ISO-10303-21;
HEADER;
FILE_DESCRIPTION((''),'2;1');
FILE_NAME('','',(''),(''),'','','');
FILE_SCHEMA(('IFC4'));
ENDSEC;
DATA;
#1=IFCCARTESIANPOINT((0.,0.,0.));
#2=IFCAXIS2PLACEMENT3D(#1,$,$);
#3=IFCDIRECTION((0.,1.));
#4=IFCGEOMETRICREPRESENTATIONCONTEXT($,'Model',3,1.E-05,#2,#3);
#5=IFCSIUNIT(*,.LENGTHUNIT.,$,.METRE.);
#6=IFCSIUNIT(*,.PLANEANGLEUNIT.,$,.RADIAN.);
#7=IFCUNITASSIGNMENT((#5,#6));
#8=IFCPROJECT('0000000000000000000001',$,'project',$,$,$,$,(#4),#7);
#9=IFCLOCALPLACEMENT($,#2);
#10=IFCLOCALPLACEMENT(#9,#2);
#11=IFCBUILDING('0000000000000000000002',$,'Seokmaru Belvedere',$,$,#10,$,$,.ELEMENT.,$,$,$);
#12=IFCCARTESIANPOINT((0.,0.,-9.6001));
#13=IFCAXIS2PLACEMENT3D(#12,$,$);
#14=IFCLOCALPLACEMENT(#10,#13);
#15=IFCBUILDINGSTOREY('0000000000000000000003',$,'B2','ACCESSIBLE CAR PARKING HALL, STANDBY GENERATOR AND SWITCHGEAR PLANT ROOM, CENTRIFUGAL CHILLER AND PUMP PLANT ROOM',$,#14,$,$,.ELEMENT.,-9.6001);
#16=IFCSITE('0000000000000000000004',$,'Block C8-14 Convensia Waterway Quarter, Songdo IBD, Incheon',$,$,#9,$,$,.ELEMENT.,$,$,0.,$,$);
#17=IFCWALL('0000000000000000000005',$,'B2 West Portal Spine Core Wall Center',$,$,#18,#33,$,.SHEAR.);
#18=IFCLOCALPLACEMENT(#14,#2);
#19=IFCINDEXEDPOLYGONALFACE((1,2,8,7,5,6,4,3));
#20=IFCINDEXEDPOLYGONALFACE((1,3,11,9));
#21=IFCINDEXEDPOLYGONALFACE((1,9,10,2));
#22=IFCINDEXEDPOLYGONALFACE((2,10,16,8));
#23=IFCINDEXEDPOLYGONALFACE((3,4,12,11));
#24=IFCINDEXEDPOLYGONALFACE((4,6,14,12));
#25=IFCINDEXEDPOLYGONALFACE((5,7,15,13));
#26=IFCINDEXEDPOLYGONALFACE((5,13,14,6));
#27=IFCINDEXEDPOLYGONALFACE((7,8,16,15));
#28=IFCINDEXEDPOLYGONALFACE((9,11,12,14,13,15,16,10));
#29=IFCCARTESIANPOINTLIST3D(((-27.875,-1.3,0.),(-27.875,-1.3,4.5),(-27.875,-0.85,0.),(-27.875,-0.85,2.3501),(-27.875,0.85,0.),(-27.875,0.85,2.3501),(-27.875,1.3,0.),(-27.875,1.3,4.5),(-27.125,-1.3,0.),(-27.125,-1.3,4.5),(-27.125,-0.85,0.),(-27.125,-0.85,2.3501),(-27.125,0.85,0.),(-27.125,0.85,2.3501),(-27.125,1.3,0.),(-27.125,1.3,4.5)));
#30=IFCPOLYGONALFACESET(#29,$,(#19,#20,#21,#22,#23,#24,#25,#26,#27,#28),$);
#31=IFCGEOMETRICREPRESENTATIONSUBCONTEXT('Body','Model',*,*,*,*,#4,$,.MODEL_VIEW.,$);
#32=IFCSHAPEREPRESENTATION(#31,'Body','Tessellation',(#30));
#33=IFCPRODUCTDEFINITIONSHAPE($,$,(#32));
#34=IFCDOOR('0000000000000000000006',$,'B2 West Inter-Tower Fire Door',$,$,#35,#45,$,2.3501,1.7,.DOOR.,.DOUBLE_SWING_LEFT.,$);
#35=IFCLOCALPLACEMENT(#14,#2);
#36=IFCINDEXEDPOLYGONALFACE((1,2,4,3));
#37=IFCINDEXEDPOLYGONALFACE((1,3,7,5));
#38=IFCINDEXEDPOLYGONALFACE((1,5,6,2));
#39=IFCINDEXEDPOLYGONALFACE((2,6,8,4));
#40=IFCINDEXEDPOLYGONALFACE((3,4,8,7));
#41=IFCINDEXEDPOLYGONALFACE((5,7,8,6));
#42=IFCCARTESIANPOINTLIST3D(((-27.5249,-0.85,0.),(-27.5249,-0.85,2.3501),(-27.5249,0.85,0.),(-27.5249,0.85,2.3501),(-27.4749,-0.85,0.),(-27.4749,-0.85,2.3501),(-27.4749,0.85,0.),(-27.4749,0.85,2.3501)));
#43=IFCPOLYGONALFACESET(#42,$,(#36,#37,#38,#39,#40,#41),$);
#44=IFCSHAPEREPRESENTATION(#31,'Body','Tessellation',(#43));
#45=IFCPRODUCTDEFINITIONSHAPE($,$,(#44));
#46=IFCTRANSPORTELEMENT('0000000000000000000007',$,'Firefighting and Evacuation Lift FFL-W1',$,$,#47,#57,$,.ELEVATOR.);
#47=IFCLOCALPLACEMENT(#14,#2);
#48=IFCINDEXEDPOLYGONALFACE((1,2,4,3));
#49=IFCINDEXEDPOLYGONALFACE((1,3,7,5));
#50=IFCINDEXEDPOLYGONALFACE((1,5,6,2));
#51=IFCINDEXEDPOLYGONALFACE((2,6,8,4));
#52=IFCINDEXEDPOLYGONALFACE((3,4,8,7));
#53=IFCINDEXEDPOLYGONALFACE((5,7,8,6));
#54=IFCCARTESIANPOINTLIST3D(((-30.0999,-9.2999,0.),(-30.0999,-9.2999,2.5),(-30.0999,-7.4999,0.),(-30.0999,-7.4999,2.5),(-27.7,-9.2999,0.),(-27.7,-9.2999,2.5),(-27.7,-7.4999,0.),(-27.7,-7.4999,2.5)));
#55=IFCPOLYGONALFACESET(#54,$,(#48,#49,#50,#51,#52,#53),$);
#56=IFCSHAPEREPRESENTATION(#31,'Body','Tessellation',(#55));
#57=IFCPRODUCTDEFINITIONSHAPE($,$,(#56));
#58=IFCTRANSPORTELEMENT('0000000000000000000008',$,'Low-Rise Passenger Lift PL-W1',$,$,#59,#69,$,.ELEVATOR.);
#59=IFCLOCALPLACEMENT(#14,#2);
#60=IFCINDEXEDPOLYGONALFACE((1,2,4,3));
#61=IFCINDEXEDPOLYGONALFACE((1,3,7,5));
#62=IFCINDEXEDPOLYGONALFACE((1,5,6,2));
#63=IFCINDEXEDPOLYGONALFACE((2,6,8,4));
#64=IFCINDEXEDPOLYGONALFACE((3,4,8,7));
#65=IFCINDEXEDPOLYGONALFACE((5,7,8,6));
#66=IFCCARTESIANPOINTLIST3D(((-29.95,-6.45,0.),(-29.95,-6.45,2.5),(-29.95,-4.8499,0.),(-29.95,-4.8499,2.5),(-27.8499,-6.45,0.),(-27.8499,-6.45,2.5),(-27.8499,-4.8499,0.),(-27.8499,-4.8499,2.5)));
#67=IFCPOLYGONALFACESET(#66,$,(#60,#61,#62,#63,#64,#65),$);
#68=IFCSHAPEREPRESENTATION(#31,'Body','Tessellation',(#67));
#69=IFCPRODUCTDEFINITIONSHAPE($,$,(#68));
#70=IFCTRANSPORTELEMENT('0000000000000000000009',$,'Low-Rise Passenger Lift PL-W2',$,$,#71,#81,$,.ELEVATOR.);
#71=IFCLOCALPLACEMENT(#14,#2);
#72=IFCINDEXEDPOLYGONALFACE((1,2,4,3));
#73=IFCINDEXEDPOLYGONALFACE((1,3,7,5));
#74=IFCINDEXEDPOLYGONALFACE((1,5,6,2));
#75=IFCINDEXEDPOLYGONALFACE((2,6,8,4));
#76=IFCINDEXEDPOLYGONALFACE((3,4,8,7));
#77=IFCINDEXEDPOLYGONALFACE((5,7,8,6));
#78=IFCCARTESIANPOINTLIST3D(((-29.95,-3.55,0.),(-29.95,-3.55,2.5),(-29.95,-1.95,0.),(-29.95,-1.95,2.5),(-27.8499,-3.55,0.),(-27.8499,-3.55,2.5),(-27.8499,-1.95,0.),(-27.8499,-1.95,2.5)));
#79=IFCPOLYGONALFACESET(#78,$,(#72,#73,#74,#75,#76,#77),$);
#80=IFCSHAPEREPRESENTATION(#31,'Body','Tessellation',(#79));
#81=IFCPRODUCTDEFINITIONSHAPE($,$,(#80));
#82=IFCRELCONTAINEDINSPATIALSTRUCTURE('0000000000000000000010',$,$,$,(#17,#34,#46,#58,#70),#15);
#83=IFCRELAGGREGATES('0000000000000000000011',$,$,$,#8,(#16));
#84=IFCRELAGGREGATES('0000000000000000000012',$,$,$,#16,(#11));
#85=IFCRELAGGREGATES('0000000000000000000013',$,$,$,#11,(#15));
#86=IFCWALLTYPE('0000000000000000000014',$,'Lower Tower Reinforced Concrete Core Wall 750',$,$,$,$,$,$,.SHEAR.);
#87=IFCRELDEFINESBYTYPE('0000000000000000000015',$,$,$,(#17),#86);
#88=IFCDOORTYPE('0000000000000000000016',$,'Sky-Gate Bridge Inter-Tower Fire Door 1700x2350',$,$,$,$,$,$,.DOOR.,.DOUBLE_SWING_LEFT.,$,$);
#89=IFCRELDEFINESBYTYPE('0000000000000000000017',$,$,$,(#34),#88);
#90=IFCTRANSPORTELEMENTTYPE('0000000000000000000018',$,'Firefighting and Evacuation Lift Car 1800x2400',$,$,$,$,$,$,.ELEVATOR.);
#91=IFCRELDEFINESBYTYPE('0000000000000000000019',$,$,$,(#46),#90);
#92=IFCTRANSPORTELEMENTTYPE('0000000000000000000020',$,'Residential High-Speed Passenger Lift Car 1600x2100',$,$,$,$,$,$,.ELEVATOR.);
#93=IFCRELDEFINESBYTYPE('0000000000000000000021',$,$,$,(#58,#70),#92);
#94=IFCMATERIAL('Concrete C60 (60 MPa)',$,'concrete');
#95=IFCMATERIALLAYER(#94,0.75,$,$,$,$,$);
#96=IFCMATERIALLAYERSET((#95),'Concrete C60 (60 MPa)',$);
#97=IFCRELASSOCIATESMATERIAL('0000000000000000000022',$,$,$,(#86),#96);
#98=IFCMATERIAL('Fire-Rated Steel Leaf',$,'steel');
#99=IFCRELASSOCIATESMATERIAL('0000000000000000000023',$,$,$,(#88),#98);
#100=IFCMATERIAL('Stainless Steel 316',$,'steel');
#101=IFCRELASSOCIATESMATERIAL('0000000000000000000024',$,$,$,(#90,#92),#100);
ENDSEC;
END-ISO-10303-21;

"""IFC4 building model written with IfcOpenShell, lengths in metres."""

from ifc_helpers import new_model, si_unit, direction, frame, frame_2d, origin, origin_2d, place, context, subcontext, project, spatial, rectangle, extrude, source, transform, mapped, material, layer, layer_set, type_object, type_shapes, element, fill, save


model = new_model("IFC4")

# Units and contexts
model_context = context("Model", 3, precision=1e-05, world=origin(), true_north=direction((0.0, 1.0)))
body_context = subcontext(model_context, "Body", "Model", "MODEL_VIEW")
ifc_project = project(units=[si_unit("LENGTHUNIT", "METRE"), si_unit("PLANEANGLEUNIT", "RADIAN")], contexts=[model_context])

# Site, building, storey
site_placement = place(None, origin())
site = spatial("IfcSite", under=ifc_project, at=site_placement, Name="Block C8-14 Convensia Waterway Quarter, Songdo IBD, Incheon", CompositionType="ELEMENT", RefElevation=0.0)
building_placement = place(site_placement, origin())
building = spatial("IfcBuilding", under=site, at=building_placement, Name="Seokmaru Belvedere", CompositionType="ELEMENT")
storey_placement = place(building_placement, frame((0.0, 0.0, -9.6001)))
storey = spatial("IfcBuildingStorey", under=building, at=storey_placement, Name="B2", Description="ACCESSIBLE CAR PARKING HALL, STANDBY GENERATOR AND SWITCHGEAR PLANT ROOM, CENTRIFUGAL CHILLER AND PUMP PLANT ROOM", CompositionType="ELEMENT", Elevation=-9.6001)

# Shared definitions
ifc_material_1 = material(Name="Fire-Rated Steel Leaf", Category="steel")

# Shared definitions
ifc_material_2 = material(Name="Stainless Steel 316", Category="steel")

# Shared definitions
ifc_material_3 = material(Name="Concrete C60 (60 MPa)", Category="concrete")
ifc_layer_1 = layer(ifc_material_3, 0.75)
ifc_layer_set_1 = layer_set([ifc_layer_1], Name="Concrete C60 (60 MPa)")
wall_type_1 = type_object("IfcWallType", Name="Lower Tower Reinforced Concrete Core Wall 750", PredefinedType="SHEAR", material=ifc_layer_set_1)

# Wall, opening, door
wall_1_placement = place(storey_placement, frame((-27.5, -1.3, 0.0), z_axis=(0.0, 0.0, 1.0), x_axis=(0.0, 1.0, 0.0)))
wall_1 = element("IfcWall", 1, at=wall_1_placement, inside=storey, type_object=wall_type_1, Name="B2 West Portal Spine Core Wall Center", PredefinedType="SHEAR", context=body_context, shape_type="SweptSolid", body=[
    extrude(rectangle(XDim=2.6001, YDim=0.75, at=frame_2d((1.3, 0.0))), origin(), (0.0, 0.0, 1.0), 4.5),
])
opening_1_placement = place(wall_1_placement, frame((0.45, 0.0, 0.0)))
opening_1 = element("IfcOpeningElement", 2, at=opening_1_placement, cuts=wall_1, PredefinedType="OPENING", context=body_context, shape_type="SweptSolid", body=[
    extrude(rectangle(XDim=1.7, YDim=2.3501, at=frame_2d((0.8501, 1.175))), frame((0.0, 0.385, 0.0), z_axis=(0.0, -1.0, 0.0), x_axis=(1.0, 0.0, 0.0)), (0.0, 0.0, 1.0), 0.77),
])
door_type_1 = type_object("IfcDoorType", Name="Sky-Gate Bridge Inter-Tower Fire Door 1700x2350", OperationType="DOUBLE_SWING_LEFT", PredefinedType="DOOR", material=ifc_material_1)
shared_shape_1 = source(origin(), body_context, "Body", "SweptSolid", [
    extrude(rectangle(XDim=1.7, YDim=2.3501, at=frame_2d((0.8501, 1.175))), frame((0.0, 0.0249, 0.0), z_axis=(0.0, -1.0, 0.0), x_axis=(1.0, 0.0, 0.0)), (0.0, 0.0, 1.0), 0.05),
])
type_shapes(door_type_1, [shared_shape_1])
door_1_placement = place(opening_1_placement, origin())
door_1 = element("IfcDoor", 3, at=door_1_placement, inside=storey, type_object=door_type_1, Name="B2 West Inter-Tower Fire Door", OperationType="DOUBLE_SWING_LEFT", OverallHeight=2.3501, OverallWidth=1.7, PredefinedType="DOOR", context=body_context, shape_type="MappedRepresentation", body=[
    mapped(shared_shape_1, transform((0.0, 0.0, 0.0), scale=1.0)),
])
fill(opening_1, door_1)

# Transport elements
transport_element_type_1 = type_object("IfcTransportElementType", Name="Firefighting and Evacuation Lift Car 1800x2400", PredefinedType="ELEVATOR", material=ifc_material_2)
shared_shape_2 = source(origin(), body_context, "Body", "SweptSolid", [
    extrude(rectangle(XDim=2.3999, YDim=1.8, at=origin_2d()), origin(), (0.0, 0.0, 1.0), 2.5),
])
type_shapes(transport_element_type_1, [shared_shape_2])
transport_element_placement = place(storey_placement, frame((-28.8999, -8.3999, 0.0), z_axis=(0.0, 0.0, 1.0), x_axis=(1.0, 0.0, 0.0)))
element("IfcTransportElement", 4, at=transport_element_placement, inside=storey, type_object=transport_element_type_1, Name="Firefighting and Evacuation Lift FFL-W1", PredefinedType="ELEVATOR", context=body_context, shape_type="MappedRepresentation", body=[
    mapped(shared_shape_2, transform((0.0, 0.0, 0.0), scale=1.0)),
])
transport_element_type_2 = type_object("IfcTransportElementType", Name="Residential High-Speed Passenger Lift Car 1600x2100", PredefinedType="ELEVATOR", material=ifc_material_2)
shared_shape_3 = source(origin(), body_context, "Body", "SweptSolid", [
    extrude(rectangle(XDim=2.1001, YDim=1.6001, at=origin_2d()), origin(), (0.0, 0.0, 1.0), 2.5),
])
type_shapes(transport_element_type_2, [shared_shape_3])
for number, where, z_axis, x_axis, name in (
    (5, (-28.8999, -5.6499, 0.0), (0.0, 0.0, 1.0), (1.0, 0.0, 0.0), "Low-Rise Passenger Lift PL-W1"),
    (6, (-28.8999, -2.75, 0.0), (0.0, 0.0, 1.0), (1.0, 0.0, 0.0), "Low-Rise Passenger Lift PL-W2"),
):
    element("IfcTransportElement", number, at=place(storey_placement, frame(where, z_axis=z_axis, x_axis=x_axis)), inside=storey, type_object=transport_element_type_2, Name=name, PredefinedType="ELEVATOR", context=body_context, shape_type="MappedRepresentation", body=[
        mapped(shared_shape_3, transform((0.0, 0.0, 0.0), scale=1.0)),
    ])

save(model, "model.ifc")
